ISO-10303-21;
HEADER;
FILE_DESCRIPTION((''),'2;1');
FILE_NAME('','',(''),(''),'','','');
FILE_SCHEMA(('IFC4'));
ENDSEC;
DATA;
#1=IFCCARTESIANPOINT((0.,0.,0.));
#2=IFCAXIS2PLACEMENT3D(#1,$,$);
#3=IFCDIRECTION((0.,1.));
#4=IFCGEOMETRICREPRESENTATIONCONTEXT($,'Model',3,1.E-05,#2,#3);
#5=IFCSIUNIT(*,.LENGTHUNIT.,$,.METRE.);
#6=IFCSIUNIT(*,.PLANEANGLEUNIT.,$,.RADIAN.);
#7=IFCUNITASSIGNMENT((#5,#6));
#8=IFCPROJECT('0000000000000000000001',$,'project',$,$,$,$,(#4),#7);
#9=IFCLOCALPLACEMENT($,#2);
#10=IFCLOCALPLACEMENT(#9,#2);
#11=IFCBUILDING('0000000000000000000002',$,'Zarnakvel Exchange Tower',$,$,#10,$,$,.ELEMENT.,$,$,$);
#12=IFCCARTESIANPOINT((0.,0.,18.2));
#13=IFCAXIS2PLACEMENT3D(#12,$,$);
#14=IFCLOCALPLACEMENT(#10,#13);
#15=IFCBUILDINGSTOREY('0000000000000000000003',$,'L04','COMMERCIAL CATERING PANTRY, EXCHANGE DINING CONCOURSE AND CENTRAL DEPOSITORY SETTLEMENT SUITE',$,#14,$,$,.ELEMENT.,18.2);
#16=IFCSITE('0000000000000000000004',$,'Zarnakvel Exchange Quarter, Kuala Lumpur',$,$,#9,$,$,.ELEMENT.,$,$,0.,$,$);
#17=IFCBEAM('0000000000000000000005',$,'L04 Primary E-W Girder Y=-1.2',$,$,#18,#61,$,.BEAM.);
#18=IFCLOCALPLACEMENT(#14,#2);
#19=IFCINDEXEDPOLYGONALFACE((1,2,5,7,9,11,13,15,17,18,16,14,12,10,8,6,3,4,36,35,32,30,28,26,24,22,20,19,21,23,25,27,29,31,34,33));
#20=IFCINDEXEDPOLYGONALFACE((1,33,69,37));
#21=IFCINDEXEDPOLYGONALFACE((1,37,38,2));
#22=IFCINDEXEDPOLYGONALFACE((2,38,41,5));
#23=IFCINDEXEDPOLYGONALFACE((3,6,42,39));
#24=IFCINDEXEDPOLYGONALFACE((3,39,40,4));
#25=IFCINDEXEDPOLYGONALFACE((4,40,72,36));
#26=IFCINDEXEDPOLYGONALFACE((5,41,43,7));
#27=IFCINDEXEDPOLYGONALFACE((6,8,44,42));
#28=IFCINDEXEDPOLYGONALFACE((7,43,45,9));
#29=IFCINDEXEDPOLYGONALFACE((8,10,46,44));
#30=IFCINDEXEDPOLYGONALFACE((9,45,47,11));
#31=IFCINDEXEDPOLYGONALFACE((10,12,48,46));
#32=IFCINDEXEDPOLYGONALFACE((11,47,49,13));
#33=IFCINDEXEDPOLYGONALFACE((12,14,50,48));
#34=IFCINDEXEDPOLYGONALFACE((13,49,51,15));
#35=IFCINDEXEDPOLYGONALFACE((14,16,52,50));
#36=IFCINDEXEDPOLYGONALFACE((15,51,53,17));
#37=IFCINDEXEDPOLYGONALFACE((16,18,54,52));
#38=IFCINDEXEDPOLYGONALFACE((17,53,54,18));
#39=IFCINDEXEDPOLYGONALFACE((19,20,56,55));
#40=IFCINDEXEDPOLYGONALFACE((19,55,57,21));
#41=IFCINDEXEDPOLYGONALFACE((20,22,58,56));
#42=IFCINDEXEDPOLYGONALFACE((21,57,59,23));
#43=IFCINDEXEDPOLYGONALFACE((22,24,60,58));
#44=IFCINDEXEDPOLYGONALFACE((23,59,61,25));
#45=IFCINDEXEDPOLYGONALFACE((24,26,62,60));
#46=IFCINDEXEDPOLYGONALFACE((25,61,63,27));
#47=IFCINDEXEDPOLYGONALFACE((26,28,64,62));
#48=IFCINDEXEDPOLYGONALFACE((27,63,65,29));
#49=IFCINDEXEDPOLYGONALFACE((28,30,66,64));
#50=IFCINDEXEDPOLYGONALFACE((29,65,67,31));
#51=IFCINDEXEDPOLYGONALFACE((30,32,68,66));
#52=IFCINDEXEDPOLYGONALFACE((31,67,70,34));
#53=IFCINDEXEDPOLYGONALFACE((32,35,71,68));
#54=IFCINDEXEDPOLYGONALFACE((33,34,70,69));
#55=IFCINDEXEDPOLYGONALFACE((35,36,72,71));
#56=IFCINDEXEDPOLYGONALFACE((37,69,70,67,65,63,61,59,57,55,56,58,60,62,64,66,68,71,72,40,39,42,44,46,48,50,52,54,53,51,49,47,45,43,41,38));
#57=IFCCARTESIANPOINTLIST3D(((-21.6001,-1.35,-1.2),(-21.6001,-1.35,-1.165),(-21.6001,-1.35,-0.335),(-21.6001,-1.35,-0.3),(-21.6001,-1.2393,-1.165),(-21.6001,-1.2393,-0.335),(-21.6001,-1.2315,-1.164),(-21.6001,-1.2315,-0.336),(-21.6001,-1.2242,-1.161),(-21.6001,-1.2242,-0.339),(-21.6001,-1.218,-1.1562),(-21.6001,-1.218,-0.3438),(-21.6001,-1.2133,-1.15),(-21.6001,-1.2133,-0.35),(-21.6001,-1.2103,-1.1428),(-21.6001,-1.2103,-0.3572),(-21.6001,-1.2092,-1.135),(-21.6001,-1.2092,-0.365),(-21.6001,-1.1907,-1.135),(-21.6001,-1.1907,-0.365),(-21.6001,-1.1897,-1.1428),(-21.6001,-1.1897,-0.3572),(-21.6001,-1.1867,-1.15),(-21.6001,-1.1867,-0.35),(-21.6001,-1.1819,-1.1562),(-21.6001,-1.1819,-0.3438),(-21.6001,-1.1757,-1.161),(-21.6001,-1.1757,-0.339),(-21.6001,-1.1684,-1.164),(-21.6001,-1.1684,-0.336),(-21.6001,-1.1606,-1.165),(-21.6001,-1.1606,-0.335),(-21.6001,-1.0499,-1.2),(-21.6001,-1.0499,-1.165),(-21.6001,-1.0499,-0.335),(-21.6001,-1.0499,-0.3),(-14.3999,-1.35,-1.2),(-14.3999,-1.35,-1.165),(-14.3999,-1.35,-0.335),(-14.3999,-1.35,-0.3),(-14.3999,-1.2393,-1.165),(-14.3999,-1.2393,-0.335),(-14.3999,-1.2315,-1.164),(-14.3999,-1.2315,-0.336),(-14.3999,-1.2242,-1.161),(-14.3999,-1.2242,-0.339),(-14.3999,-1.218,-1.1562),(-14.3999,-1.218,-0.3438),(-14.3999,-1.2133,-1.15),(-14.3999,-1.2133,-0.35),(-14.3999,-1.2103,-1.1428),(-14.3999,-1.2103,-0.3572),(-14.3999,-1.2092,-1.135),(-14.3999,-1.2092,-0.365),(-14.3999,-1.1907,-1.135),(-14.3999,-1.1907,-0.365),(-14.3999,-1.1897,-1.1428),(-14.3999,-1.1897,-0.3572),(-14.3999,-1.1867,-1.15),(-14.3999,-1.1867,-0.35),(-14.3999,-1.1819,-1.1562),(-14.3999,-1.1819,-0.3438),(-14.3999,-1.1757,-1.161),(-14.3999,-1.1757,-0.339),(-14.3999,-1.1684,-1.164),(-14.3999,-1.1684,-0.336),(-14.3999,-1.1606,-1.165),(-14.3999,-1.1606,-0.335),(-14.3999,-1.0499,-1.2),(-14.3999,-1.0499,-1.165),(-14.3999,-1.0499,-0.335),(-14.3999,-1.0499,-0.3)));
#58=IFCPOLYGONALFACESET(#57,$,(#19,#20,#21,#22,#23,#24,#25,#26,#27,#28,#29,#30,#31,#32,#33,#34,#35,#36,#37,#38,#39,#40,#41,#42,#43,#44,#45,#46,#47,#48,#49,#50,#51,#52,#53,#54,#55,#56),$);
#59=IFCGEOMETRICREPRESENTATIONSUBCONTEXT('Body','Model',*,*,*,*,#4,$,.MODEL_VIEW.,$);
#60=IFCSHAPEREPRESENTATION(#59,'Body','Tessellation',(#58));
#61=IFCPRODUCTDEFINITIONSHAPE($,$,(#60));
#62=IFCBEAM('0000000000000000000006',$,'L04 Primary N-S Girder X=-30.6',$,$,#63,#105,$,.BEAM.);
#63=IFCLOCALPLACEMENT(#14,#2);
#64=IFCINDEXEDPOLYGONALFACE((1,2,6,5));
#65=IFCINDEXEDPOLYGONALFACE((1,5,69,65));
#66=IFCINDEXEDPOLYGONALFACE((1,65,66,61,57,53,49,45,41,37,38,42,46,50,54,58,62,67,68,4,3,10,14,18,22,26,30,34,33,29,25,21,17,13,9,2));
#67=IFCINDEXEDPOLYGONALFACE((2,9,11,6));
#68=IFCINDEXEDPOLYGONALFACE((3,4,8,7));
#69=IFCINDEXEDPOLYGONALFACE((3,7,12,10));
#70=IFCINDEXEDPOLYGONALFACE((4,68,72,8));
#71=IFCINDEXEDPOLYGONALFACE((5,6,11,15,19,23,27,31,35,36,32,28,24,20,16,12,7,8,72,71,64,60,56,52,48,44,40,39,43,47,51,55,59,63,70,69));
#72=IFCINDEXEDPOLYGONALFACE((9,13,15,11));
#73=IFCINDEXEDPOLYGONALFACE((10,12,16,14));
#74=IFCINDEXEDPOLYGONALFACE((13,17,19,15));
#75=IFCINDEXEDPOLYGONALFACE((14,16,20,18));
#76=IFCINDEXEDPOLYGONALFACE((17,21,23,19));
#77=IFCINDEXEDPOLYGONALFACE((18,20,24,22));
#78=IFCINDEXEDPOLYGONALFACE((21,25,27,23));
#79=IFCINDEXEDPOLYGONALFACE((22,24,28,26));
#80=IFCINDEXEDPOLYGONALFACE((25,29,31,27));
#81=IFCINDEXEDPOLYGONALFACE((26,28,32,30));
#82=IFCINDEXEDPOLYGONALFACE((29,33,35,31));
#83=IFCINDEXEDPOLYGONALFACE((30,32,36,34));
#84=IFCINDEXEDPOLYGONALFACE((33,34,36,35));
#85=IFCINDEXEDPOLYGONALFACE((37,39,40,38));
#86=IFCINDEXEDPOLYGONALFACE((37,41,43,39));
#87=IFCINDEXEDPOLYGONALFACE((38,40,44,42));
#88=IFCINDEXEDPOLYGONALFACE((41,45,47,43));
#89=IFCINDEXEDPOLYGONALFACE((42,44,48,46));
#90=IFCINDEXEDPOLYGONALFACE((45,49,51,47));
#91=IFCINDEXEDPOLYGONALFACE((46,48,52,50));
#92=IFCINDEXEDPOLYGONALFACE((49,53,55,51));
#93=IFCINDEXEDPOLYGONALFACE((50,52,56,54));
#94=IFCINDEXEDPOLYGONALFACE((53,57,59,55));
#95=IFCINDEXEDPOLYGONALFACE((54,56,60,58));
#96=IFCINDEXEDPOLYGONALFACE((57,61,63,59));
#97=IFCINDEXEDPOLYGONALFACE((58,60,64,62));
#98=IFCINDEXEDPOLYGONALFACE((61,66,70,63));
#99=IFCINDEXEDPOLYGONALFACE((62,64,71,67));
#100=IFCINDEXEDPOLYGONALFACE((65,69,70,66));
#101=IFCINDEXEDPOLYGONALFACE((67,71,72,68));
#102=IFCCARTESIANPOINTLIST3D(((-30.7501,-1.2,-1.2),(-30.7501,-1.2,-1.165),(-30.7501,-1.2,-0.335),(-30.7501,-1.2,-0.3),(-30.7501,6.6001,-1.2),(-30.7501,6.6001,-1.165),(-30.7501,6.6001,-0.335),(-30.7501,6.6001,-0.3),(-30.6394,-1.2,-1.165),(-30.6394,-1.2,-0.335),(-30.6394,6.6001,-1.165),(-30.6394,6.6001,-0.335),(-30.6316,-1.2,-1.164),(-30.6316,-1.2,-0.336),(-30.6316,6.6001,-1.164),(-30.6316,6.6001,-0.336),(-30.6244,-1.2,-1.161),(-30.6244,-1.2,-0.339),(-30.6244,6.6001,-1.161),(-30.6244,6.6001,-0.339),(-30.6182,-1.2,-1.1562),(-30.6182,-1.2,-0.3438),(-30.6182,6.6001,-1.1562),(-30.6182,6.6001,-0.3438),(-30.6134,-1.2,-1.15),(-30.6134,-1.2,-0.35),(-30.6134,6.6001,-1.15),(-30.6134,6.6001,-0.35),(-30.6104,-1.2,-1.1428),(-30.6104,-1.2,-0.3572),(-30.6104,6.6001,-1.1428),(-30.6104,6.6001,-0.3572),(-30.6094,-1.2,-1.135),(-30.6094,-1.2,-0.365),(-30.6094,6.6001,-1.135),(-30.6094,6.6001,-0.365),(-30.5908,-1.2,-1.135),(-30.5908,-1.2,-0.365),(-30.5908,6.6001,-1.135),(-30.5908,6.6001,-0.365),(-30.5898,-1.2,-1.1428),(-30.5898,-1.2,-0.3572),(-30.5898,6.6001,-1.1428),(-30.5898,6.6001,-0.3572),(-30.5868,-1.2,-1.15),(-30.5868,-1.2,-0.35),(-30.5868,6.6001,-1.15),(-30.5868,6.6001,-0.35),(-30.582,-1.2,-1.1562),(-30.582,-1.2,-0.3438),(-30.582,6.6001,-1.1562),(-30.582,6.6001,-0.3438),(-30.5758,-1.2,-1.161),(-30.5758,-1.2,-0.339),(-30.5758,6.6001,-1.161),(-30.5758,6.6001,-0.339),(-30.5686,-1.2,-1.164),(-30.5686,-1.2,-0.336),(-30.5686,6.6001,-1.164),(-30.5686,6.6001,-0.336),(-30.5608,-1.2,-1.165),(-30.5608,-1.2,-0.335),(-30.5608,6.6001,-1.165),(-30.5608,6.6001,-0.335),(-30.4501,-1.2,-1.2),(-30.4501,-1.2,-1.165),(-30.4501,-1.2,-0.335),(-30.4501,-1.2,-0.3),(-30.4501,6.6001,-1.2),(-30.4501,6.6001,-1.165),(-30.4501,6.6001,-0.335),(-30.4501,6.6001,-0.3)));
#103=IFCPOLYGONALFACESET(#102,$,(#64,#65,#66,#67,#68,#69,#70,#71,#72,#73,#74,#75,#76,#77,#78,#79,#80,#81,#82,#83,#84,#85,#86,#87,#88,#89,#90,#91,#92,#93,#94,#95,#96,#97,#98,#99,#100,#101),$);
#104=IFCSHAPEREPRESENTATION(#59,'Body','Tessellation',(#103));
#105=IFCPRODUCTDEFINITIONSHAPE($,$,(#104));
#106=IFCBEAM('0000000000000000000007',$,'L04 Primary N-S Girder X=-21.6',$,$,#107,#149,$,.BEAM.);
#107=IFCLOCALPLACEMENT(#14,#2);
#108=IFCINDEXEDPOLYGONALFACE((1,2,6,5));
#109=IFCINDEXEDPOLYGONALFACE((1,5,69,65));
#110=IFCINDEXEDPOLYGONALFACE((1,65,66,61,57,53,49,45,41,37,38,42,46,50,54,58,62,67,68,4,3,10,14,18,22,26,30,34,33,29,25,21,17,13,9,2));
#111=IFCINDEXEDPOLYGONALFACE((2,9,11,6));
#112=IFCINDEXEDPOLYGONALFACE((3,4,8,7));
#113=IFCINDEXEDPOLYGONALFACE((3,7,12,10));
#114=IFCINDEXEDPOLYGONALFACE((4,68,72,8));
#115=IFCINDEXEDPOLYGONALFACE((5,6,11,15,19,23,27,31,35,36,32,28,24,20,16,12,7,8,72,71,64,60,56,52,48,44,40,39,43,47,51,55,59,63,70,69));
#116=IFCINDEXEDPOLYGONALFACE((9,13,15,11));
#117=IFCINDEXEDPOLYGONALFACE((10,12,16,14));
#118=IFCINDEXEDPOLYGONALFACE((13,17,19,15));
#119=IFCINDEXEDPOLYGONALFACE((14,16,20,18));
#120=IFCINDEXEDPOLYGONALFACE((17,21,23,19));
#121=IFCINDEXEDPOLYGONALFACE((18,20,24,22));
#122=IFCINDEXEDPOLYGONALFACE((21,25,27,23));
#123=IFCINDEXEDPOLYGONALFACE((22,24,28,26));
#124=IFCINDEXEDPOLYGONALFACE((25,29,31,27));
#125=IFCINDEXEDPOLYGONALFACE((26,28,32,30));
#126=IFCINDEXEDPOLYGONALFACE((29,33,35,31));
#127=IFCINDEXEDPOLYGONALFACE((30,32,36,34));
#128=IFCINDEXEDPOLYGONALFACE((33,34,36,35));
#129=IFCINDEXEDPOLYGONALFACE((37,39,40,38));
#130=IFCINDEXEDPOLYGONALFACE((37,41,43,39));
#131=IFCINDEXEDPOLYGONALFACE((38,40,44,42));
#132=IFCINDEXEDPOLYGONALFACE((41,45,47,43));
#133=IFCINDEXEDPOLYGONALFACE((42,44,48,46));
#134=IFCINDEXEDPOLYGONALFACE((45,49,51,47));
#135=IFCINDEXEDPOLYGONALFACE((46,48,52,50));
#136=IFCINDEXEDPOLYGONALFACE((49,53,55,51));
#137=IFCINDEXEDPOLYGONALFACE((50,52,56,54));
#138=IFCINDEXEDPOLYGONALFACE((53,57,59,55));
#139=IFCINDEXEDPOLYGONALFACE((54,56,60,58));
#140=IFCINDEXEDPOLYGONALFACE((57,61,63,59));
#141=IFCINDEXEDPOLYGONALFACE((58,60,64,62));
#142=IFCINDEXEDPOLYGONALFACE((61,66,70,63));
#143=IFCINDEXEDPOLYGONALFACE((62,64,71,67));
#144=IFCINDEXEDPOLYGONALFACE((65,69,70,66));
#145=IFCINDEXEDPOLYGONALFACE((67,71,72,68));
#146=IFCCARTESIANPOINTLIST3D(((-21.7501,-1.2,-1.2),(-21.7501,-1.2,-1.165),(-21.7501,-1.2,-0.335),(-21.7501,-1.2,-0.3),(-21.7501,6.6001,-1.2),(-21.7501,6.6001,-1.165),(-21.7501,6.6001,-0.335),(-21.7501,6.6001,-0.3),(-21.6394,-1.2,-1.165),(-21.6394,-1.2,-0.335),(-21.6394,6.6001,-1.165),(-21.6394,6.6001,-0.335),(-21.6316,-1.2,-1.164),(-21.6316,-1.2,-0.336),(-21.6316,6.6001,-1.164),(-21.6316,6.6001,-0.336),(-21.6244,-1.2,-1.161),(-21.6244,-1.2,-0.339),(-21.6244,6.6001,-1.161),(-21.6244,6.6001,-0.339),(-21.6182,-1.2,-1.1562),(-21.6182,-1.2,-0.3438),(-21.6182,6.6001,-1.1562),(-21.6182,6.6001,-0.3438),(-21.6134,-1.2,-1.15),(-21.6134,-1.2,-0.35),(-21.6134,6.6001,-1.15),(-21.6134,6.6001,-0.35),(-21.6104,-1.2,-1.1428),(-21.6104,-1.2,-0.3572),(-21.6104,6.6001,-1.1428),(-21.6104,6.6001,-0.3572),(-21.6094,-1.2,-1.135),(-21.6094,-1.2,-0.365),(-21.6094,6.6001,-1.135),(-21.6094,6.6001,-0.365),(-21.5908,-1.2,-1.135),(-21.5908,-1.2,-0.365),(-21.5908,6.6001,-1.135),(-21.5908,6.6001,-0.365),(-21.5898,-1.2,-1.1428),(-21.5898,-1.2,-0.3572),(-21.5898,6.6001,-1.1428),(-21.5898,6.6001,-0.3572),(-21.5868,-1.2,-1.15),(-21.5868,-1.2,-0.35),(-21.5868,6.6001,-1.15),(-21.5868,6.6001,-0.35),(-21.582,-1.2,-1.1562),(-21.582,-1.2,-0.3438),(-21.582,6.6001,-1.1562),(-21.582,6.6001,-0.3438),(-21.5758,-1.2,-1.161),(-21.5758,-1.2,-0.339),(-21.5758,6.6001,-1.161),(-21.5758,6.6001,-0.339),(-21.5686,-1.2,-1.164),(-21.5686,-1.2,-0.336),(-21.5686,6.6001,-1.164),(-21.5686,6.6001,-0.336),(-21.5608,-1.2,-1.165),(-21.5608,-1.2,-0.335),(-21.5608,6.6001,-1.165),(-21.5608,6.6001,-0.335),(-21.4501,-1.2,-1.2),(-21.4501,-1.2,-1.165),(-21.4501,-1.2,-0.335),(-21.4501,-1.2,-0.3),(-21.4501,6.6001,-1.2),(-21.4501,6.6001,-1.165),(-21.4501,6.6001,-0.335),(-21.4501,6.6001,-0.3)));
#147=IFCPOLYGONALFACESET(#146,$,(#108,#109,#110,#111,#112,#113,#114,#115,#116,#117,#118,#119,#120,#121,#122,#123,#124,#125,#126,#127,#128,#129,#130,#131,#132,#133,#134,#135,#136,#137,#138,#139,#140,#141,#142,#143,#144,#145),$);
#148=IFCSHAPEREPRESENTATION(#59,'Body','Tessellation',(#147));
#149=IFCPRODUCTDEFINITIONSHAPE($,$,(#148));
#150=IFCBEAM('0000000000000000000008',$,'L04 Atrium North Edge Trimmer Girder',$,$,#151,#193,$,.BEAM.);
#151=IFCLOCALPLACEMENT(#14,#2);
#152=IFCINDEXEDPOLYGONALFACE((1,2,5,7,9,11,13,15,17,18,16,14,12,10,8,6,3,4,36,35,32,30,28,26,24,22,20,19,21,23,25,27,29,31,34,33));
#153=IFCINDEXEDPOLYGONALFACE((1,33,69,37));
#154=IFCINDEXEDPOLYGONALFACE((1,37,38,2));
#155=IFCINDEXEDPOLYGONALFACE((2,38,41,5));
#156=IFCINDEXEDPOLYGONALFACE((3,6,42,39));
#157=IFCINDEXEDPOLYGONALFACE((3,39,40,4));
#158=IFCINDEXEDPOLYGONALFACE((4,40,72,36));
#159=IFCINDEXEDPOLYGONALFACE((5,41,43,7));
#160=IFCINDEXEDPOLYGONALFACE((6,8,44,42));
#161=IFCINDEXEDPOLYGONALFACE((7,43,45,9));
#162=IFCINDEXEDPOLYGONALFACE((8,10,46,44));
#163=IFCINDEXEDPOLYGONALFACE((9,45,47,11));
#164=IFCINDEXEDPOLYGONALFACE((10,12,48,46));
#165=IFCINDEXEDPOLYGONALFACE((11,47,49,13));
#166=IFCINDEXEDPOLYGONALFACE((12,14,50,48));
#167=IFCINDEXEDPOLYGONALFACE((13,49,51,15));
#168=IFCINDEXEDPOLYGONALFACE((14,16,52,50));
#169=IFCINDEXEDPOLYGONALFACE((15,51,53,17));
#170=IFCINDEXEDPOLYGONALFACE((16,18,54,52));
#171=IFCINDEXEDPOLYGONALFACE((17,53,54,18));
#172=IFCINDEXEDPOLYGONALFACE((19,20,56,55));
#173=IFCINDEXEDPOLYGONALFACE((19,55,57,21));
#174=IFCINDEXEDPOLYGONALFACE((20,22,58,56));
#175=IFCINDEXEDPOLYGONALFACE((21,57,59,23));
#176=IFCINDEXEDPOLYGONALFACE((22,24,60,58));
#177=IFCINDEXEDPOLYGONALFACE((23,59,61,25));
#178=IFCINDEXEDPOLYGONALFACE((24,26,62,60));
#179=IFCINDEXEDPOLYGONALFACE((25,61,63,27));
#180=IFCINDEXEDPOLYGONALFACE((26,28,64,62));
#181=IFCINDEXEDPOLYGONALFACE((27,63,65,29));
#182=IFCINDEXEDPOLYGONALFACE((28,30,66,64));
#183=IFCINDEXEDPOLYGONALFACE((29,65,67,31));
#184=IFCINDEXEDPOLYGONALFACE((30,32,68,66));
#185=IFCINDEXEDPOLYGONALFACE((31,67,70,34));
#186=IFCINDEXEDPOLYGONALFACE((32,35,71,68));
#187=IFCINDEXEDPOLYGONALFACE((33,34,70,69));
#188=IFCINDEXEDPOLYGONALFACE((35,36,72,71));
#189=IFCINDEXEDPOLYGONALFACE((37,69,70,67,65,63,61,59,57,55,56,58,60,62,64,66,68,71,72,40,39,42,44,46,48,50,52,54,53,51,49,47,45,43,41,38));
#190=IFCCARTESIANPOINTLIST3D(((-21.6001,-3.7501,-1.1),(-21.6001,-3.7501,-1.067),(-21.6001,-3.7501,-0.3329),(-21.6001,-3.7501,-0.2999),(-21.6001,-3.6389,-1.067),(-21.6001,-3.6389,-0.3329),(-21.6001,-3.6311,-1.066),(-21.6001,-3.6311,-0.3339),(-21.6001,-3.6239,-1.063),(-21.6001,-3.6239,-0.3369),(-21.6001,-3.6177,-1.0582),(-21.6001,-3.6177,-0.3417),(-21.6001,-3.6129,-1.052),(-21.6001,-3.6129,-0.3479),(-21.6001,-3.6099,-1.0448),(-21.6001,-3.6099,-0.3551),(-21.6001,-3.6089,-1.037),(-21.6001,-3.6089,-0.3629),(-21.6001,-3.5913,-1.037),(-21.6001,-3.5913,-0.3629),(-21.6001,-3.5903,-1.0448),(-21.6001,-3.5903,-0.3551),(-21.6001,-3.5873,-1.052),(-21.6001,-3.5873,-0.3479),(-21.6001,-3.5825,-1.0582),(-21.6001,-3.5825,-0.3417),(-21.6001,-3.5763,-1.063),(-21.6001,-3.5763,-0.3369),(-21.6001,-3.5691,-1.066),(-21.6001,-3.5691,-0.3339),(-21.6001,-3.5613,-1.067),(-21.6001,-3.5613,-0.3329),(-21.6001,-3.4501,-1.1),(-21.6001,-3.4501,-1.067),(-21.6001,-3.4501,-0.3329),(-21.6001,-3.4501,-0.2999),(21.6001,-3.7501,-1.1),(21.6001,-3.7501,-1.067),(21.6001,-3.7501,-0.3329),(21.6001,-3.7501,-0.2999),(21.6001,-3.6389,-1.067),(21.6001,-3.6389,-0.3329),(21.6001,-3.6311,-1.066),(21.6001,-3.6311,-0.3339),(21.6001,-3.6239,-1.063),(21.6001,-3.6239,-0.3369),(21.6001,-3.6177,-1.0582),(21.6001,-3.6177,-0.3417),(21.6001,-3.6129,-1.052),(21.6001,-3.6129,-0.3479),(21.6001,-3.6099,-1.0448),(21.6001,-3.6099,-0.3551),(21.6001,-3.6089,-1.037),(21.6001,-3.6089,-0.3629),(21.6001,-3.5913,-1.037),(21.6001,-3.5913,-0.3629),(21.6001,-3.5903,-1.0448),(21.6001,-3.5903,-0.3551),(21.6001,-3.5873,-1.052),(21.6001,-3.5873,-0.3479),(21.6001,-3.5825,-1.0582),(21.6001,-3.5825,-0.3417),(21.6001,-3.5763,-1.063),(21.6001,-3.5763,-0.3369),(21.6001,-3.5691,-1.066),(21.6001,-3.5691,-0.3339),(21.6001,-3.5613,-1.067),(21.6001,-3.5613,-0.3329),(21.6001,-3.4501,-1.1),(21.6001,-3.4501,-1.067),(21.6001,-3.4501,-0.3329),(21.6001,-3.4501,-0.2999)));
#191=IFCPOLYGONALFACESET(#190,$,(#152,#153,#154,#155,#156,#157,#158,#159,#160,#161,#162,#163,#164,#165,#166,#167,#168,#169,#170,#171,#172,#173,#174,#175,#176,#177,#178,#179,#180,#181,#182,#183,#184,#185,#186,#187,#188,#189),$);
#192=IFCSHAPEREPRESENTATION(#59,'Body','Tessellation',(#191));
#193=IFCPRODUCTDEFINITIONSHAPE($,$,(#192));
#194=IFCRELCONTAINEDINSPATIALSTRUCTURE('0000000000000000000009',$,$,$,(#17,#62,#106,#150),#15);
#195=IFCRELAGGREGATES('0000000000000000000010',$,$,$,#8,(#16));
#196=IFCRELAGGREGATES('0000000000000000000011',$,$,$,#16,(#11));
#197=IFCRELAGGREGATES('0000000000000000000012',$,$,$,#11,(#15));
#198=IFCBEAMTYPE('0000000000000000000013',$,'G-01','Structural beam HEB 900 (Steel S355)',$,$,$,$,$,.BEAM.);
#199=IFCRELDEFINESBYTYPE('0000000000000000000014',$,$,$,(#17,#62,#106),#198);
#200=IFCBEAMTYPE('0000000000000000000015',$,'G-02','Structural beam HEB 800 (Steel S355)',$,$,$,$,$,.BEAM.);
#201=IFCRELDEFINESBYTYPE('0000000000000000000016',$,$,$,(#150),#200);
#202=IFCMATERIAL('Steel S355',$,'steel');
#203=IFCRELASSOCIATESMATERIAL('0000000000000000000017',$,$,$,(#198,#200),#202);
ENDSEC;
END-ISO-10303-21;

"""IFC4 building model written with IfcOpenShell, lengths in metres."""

from ifc_helpers import new_model, si_unit, direction, frame, origin, origin_2d, place, context, subcontext, project, spatial, i_section, extrude, material, material_profile, profile_set, type_object, element, save


model = new_model("IFC4")

# Units and contexts
model_context = context("Model", 3, precision=1e-05, world=origin(), true_north=direction((0.0, 1.0)))
body_context = subcontext(model_context, "Body", "Model", "MODEL_VIEW")
ifc_project = project(units=[si_unit("LENGTHUNIT", "METRE"), si_unit("PLANEANGLEUNIT", "RADIAN")], contexts=[model_context])

# Site, building, storey
site_placement = place(None, origin())
site = spatial("IfcSite", under=ifc_project, at=site_placement, Name="Zarnakvel Exchange Quarter, Kuala Lumpur", CompositionType="ELEMENT", RefElevation=0.0)
building_placement = place(site_placement, origin())
building = spatial("IfcBuilding", under=site, at=building_placement, Name="Zarnakvel Exchange Tower", CompositionType="ELEMENT")
storey_placement = place(building_placement, frame((0.0, 0.0, 18.2)))
storey = spatial("IfcBuildingStorey", under=building, at=storey_placement, Name="L04", Description="COMMERCIAL CATERING PANTRY, EXCHANGE DINING CONCOURSE AND CENTRAL DEPOSITORY SETTLEMENT SUITE", CompositionType="ELEMENT", Elevation=18.2)

# Beams
ifc_material_1 = material(Name="Steel S355", Category="steel")
ifc_material_profile_1 = material_profile(ifc_material_1, i_section(OverallWidth=0.3, OverallDepth=0.8999, WebThickness=0.0186, FlangeThickness=0.0349, FilletRadius=0.03, at=origin_2d()))
ifc_profile_set_1 = profile_set([ifc_material_profile_1], Name="Steel S355")
beam_type_1 = type_object("IfcBeamType", Name="G-01", Description="Structural beam HEB 900 (Steel S355)", PredefinedType="BEAM", material=ifc_profile_set_1)
beam_1_placement = place(storey_placement, frame((-21.6001, -1.2, -0.75), z_axis=(1.0, 0.0, 0.0), x_axis=(0.0, 1.0, 0.0)))
element("IfcBeam", 1, at=beam_1_placement, inside=storey, type_object=beam_type_1, Name="L04 Primary E-W Girder Y=-1.2", PredefinedType="BEAM", context=body_context, shape_type="SweptSolid", body=[
    extrude(i_section(OverallWidth=0.3, OverallDepth=0.8999, WebThickness=0.0186, FlangeThickness=0.0349, FilletRadius=0.03, at=origin_2d()), origin(), (0.0, 0.0, 1.0), 7.2002),
])
for number, where, z_axis, x_axis, name in (
    (2, (-30.6001, -1.2, -0.75), (0.0, 1.0, 0.0), (-1.0, 0.0, 0.0), "L04 Primary N-S Girder X=-30.6"),
    (3, (-21.6001, -1.2, -0.75), (0.0, 1.0, 0.0), (-1.0, 0.0, 0.0), "L04 Primary N-S Girder X=-21.6"),
):
    element("IfcBeam", number, at=place(storey_placement, frame(where, z_axis=z_axis, x_axis=x_axis)), inside=storey, type_object=beam_type_1, Name=name, PredefinedType="BEAM", context=body_context, shape_type="SweptSolid", body=[
        extrude(i_section(OverallWidth=0.3, OverallDepth=0.8999, WebThickness=0.0186, FlangeThickness=0.0349, FilletRadius=0.03, at=origin_2d()), origin(), (0.0, 0.0, 1.0), 7.8),
    ])
ifc_material_profile_2 = material_profile(ifc_material_1, i_section(OverallWidth=0.3, OverallDepth=0.8, WebThickness=0.0176, FlangeThickness=0.033, FilletRadius=0.03, at=origin_2d()))
ifc_profile_set_2 = profile_set([ifc_material_profile_2], Name="Steel S355")
beam_type_2 = type_object("IfcBeamType", Name="G-02", Description="Structural beam HEB 800 (Steel S355)", PredefinedType="BEAM", material=ifc_profile_set_2)
beam_2_placement = place(storey_placement, frame((-21.6001, -3.6001, -0.7), z_axis=(1.0, 0.0, 0.0), x_axis=(0.0, 1.0, 0.0)))
element("IfcBeam", 4, at=beam_2_placement, inside=storey, type_object=beam_type_2, Name="L04 Atrium North Edge Trimmer Girder", PredefinedType="BEAM", context=body_context, shape_type="SweptSolid", body=[
    extrude(i_section(OverallWidth=0.3, OverallDepth=0.8, WebThickness=0.0176, FlangeThickness=0.033, FilletRadius=0.03, at=origin_2d()), origin(), (0.0, 0.0, 1.0), 43.2002),
])

save(model, "model.ifc")
